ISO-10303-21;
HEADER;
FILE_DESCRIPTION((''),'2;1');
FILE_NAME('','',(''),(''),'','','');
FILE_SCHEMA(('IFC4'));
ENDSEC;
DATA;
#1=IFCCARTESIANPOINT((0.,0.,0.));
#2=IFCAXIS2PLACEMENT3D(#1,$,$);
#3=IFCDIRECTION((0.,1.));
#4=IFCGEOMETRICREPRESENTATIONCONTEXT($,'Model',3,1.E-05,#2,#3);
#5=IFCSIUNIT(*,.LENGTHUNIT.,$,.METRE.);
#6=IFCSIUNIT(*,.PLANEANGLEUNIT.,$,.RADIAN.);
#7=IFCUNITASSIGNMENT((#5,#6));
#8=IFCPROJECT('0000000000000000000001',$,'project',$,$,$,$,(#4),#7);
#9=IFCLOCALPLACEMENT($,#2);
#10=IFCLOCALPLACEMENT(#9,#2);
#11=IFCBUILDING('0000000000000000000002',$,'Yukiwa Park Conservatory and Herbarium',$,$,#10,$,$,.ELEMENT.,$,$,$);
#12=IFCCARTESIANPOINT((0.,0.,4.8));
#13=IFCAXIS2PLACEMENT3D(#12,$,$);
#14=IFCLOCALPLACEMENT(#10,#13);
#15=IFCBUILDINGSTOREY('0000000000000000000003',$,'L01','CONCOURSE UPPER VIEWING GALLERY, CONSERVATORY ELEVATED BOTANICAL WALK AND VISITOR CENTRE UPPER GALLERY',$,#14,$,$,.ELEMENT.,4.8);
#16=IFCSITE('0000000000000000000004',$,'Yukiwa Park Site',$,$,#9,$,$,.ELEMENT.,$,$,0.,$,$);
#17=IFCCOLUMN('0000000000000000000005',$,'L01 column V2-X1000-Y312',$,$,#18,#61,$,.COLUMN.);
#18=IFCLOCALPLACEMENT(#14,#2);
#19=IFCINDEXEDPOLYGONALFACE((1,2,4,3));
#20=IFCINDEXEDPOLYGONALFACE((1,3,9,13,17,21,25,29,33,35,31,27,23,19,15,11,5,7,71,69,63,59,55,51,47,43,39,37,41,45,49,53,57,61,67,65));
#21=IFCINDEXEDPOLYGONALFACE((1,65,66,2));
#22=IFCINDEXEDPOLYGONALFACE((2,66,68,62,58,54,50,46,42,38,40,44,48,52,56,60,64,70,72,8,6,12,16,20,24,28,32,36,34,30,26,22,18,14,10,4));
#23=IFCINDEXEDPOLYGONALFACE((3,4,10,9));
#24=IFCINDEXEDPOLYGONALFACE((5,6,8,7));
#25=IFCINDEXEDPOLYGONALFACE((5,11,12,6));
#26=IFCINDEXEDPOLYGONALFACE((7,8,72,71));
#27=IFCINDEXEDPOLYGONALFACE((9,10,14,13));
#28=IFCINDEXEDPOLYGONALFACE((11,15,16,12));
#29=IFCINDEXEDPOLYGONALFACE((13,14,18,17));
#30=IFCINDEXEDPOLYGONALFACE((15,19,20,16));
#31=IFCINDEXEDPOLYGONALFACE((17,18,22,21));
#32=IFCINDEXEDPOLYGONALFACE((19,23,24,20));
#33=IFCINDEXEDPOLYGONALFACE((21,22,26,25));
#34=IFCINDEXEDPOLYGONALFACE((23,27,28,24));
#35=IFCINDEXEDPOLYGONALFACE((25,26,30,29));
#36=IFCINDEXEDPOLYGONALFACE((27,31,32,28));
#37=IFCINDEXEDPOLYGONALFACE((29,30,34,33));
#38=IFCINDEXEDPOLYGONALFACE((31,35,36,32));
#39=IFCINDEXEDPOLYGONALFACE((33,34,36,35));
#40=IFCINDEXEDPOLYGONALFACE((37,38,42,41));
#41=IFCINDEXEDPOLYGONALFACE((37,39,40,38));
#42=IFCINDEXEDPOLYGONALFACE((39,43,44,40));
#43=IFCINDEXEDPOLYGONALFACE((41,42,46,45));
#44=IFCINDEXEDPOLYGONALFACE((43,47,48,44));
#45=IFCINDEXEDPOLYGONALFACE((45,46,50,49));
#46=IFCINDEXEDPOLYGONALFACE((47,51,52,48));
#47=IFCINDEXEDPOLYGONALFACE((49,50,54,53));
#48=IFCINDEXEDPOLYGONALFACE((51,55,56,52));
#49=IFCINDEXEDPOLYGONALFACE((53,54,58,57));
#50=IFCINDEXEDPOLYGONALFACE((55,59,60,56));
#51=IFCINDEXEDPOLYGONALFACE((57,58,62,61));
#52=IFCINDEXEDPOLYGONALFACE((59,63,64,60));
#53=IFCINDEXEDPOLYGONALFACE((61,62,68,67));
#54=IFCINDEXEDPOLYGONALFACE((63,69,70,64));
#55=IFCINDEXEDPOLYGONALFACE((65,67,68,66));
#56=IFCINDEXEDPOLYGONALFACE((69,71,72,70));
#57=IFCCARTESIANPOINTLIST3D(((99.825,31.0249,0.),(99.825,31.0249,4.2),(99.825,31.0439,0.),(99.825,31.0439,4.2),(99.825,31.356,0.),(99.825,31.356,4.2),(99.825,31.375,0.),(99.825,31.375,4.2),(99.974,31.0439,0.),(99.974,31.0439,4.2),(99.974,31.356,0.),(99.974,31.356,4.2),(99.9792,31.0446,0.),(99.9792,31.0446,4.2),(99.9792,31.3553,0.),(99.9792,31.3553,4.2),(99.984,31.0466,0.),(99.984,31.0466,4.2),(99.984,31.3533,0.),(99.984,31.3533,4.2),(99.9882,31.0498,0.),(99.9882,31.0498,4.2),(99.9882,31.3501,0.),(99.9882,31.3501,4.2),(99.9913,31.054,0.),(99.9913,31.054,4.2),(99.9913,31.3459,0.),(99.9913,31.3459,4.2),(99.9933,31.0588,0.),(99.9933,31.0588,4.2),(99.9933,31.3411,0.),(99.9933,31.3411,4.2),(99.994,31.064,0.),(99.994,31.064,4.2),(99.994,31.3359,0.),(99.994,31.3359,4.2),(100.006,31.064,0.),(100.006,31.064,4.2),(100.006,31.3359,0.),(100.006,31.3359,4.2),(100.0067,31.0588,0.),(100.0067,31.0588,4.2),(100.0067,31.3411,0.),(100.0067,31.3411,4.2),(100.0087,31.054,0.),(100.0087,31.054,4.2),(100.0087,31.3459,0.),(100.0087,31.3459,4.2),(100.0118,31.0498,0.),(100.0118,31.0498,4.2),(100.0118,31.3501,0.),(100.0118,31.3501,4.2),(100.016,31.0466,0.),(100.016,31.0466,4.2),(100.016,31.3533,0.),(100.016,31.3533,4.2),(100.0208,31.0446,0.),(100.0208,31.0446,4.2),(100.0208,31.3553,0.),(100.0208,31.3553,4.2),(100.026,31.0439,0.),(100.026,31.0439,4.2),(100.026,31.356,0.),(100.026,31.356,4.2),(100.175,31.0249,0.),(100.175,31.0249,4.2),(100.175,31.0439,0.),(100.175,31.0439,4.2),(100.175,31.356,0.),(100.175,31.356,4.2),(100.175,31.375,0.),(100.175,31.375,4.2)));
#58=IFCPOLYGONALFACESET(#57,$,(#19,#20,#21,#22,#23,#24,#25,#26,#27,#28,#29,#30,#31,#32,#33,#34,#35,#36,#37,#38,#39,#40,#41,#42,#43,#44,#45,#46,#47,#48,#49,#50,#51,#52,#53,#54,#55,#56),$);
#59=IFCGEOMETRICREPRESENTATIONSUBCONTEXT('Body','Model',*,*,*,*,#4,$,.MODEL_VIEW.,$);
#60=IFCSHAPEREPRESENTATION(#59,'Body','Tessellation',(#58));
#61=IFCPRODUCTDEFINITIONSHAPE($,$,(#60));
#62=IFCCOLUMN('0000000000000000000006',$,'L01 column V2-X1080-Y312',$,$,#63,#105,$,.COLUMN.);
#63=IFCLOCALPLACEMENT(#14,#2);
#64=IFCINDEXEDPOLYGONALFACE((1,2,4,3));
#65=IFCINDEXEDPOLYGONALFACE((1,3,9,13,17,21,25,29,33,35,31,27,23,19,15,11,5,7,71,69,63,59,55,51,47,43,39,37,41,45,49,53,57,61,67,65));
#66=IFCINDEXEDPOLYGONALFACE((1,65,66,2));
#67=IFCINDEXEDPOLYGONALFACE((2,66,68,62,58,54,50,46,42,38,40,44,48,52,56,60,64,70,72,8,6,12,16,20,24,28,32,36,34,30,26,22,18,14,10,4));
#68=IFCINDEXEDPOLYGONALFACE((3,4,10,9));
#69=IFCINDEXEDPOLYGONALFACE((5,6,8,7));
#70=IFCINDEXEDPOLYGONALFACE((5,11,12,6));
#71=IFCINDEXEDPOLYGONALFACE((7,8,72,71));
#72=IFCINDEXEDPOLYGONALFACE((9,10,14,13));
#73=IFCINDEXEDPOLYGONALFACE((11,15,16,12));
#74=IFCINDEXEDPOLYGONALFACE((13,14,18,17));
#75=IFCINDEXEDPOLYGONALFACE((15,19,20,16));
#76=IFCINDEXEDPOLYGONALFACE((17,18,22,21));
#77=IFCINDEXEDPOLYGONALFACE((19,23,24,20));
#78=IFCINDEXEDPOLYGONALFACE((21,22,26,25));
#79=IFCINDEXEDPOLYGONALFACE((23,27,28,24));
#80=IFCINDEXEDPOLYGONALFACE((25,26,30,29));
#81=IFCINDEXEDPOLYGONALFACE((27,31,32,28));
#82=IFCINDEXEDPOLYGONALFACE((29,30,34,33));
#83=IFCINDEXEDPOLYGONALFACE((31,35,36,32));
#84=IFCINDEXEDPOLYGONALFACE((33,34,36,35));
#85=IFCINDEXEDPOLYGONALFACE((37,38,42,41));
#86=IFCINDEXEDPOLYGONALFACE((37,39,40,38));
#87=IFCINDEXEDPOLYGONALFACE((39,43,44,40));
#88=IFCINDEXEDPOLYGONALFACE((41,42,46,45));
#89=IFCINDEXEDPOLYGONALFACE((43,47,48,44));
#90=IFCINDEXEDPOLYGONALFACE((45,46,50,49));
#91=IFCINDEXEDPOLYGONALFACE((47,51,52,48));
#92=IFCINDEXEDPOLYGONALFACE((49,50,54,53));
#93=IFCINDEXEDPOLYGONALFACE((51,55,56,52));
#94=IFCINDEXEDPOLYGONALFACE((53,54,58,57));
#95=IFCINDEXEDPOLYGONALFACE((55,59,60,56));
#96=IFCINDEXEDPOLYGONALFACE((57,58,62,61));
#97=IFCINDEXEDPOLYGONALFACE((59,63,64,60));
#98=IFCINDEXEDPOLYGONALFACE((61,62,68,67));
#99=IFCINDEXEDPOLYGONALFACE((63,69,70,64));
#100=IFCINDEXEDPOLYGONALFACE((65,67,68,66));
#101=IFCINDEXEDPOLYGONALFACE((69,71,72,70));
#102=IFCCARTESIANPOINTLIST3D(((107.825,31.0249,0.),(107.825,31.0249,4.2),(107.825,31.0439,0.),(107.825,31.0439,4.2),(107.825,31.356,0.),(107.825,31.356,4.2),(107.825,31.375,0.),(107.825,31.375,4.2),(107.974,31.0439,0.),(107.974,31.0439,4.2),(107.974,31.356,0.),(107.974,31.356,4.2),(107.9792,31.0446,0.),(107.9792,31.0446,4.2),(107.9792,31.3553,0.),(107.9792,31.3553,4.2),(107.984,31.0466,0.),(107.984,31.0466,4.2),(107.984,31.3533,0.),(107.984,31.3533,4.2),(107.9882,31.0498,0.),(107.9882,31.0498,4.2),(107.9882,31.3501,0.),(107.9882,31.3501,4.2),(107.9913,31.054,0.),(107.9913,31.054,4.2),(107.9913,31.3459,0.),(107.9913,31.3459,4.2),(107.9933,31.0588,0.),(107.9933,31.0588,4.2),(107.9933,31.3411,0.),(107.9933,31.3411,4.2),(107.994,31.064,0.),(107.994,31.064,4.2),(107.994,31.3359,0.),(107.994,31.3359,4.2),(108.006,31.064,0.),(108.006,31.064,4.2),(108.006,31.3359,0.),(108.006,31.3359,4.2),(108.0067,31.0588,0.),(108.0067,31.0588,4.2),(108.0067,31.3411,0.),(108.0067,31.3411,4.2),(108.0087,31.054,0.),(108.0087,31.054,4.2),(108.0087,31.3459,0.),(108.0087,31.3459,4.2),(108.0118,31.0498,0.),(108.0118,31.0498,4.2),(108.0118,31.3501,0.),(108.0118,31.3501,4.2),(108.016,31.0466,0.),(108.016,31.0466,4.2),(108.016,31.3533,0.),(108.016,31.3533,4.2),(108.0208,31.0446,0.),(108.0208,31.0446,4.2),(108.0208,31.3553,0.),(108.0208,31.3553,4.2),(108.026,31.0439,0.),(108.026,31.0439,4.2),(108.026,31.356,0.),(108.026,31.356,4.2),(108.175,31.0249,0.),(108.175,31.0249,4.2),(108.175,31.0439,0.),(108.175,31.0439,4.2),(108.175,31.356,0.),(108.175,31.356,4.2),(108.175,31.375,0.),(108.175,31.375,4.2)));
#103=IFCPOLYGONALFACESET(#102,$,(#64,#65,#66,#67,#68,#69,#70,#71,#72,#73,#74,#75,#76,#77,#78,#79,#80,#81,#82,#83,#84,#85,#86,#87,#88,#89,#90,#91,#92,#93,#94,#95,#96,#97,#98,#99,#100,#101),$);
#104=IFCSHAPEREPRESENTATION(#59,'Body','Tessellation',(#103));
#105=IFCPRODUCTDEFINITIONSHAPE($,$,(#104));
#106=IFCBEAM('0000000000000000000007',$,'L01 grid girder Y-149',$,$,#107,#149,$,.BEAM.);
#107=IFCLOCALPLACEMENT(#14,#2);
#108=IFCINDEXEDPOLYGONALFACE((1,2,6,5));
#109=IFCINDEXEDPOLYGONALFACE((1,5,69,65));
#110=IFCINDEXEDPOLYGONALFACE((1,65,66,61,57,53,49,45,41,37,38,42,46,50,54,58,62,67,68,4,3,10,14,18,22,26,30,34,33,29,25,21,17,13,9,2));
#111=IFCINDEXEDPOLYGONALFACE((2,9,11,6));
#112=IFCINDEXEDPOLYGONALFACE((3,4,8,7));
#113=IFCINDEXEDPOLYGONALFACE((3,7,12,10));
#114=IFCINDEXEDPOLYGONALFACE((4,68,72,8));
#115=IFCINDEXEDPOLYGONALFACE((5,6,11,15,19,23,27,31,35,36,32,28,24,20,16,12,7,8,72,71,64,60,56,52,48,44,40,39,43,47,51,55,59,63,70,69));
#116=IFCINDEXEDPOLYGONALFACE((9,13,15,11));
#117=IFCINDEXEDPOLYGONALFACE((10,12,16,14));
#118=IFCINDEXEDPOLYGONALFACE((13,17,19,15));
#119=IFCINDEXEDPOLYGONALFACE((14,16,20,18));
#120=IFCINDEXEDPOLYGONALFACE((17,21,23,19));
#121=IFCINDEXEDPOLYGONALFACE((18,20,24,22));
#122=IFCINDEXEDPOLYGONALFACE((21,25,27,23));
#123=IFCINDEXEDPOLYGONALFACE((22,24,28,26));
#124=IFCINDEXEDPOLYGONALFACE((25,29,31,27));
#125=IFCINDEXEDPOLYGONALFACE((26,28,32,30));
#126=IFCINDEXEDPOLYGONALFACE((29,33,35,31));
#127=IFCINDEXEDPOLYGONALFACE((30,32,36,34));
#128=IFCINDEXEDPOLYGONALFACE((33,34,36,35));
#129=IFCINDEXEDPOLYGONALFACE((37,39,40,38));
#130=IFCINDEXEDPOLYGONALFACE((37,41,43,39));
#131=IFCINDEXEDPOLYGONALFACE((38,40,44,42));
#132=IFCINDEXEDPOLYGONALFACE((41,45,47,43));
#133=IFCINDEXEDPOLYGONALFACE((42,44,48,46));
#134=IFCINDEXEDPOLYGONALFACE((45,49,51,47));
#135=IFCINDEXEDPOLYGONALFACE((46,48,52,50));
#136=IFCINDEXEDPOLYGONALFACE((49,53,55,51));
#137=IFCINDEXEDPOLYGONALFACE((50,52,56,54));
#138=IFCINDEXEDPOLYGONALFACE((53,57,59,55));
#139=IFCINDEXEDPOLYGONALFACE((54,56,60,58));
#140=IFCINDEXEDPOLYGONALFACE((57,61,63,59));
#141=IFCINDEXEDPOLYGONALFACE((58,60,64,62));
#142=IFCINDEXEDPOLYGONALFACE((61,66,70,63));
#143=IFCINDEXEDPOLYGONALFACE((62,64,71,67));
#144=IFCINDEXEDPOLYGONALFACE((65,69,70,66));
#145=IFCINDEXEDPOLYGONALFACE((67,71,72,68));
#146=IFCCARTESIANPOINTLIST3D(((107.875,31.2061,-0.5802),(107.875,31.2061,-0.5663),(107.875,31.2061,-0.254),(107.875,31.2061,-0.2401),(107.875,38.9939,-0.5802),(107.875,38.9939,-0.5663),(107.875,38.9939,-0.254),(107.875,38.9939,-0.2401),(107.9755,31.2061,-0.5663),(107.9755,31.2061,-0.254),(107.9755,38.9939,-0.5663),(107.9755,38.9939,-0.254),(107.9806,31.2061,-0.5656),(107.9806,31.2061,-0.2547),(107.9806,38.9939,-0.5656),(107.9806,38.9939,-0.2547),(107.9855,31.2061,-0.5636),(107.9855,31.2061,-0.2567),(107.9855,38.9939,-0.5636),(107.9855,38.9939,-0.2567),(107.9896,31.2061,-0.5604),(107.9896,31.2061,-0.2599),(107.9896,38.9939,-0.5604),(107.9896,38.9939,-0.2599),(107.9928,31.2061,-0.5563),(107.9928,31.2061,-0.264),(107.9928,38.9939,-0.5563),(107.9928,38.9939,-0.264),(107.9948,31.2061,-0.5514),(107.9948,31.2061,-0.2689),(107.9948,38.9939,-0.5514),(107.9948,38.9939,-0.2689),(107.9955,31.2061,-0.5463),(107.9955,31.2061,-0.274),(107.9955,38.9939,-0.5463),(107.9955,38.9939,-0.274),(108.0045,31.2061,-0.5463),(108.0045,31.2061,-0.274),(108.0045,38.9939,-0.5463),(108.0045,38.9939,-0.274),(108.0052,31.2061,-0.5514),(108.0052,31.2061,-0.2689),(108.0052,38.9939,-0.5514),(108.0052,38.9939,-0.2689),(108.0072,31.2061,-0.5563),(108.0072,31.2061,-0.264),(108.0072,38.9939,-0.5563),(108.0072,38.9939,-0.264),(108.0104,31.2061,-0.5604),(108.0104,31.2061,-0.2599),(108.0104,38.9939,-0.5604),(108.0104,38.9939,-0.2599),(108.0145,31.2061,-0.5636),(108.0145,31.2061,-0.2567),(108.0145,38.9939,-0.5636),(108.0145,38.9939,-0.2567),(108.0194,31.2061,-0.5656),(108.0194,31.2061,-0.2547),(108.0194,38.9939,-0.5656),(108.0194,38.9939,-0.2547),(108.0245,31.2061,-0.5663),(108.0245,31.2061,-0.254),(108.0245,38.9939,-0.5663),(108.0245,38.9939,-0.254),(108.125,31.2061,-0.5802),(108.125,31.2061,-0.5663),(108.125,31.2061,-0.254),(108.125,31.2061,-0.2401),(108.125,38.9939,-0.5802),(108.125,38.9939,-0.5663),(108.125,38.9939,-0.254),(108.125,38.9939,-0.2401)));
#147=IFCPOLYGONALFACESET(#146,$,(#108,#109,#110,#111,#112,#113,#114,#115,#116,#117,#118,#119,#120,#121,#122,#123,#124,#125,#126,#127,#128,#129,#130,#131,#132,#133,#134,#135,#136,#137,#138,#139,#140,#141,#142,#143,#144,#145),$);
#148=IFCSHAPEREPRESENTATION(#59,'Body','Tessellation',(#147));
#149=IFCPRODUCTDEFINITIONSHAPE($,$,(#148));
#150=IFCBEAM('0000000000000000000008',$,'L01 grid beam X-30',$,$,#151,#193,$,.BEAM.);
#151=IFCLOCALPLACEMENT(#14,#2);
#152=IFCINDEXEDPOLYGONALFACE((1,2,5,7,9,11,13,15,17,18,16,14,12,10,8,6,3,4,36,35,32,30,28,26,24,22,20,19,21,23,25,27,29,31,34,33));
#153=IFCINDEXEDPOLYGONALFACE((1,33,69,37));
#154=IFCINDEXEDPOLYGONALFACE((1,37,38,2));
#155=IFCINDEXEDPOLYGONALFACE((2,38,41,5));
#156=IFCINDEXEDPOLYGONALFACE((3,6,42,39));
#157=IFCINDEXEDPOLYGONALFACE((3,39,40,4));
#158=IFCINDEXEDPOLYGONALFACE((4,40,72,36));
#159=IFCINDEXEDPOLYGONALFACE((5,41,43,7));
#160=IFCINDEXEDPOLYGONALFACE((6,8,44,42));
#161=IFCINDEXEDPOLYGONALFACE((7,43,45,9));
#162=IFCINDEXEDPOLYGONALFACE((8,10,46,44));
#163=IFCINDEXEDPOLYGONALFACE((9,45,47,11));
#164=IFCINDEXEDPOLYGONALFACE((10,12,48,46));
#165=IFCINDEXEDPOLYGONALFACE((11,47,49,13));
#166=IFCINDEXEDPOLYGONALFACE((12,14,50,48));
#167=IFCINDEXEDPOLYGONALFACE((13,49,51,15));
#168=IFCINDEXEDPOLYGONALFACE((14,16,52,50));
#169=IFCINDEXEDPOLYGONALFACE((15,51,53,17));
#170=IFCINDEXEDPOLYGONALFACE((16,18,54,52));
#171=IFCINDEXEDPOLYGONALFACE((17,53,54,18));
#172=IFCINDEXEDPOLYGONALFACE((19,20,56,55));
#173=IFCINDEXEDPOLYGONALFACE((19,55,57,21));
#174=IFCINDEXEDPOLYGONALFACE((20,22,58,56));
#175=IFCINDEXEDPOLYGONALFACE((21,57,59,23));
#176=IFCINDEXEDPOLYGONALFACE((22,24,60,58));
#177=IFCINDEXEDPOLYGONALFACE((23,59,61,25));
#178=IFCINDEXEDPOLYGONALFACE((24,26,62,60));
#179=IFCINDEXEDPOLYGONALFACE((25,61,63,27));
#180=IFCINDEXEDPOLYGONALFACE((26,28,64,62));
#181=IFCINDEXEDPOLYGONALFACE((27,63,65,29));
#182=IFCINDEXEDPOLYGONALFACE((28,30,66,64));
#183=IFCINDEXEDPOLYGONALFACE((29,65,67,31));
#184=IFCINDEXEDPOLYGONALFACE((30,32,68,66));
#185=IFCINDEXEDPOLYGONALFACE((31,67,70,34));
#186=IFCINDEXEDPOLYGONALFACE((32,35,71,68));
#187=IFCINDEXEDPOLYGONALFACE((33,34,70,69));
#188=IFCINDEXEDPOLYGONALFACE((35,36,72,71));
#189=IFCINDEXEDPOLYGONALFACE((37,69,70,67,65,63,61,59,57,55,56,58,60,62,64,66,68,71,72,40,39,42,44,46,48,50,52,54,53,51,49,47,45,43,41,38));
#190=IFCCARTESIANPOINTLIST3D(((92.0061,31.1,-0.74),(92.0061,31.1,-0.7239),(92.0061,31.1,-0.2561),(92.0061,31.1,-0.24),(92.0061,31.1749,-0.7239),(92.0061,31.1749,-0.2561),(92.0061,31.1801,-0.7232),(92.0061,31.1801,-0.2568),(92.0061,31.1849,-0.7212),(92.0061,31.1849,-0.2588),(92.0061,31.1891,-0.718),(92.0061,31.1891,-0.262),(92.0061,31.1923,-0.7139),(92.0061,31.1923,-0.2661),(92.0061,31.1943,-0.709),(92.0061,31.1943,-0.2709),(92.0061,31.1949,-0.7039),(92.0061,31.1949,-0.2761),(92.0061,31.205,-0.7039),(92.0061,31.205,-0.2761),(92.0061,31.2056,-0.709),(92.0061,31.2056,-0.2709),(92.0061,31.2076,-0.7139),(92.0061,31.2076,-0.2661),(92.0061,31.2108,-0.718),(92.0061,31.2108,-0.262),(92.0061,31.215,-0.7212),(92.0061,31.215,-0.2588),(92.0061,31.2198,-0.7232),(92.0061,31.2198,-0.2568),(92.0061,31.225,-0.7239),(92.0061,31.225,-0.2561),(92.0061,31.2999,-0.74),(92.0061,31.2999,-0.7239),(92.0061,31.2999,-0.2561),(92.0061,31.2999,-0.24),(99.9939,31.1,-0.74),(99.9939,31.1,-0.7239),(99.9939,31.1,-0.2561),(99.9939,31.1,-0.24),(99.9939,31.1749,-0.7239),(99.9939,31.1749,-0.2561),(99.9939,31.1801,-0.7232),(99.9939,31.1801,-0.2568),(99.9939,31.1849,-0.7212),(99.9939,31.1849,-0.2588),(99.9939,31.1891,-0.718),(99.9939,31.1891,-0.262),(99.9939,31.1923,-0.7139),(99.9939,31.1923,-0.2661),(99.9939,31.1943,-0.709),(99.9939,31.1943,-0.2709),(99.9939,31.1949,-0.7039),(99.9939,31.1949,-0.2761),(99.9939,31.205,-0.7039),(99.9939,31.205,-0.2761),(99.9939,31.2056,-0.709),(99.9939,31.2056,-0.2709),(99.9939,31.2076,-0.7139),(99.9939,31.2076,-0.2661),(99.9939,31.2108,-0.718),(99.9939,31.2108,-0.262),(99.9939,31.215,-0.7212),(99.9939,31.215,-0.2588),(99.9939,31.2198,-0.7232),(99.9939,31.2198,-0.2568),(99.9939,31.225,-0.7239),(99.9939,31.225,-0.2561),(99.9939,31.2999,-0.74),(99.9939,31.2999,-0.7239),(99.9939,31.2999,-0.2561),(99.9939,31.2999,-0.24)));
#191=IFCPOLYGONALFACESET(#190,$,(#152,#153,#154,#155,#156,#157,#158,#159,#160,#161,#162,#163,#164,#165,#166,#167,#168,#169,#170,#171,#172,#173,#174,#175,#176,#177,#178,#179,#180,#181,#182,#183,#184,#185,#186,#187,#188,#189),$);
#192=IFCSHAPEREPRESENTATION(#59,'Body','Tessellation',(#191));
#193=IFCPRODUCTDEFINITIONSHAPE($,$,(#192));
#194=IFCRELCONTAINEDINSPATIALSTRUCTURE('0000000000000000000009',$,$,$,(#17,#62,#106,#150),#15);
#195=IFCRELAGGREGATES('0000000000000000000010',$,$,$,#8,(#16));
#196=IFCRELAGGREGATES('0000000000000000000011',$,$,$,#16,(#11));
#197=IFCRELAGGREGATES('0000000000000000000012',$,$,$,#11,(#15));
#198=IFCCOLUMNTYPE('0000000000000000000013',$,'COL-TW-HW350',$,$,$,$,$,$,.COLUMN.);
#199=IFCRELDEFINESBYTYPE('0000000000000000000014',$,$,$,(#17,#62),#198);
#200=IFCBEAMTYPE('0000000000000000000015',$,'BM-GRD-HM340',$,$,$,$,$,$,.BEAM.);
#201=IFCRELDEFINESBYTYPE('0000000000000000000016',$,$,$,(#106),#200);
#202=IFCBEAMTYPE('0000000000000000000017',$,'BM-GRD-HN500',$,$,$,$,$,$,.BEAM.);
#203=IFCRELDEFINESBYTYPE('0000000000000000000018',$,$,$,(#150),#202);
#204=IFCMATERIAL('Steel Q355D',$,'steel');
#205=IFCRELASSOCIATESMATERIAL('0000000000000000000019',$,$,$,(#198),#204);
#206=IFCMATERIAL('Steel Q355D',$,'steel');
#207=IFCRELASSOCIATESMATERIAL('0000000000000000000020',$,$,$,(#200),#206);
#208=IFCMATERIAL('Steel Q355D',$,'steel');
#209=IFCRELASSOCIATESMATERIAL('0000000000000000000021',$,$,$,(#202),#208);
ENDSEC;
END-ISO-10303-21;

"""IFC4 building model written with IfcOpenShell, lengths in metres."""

from ifc_helpers import new_model, si_unit, direction, frame, origin, origin_2d, place, context, subcontext, project, spatial, i_section, extrude, material, material_profile, profile_set, type_object, element, save


model = new_model("IFC4")

# Units and contexts
model_context = context("Model", 3, precision=1e-05, world=origin(), true_north=direction((0.0, 1.0)))
body_context = subcontext(model_context, "Body", "Model", "MODEL_VIEW")
ifc_project = project(units=[si_unit("LENGTHUNIT", "METRE"), si_unit("PLANEANGLEUNIT", "RADIAN")], contexts=[model_context])

# Site, building, storey
site_placement = place(None, origin())
site = spatial("IfcSite", under=ifc_project, at=site_placement, Name="Yukiwa Park Site", CompositionType="ELEMENT", RefElevation=0.0)
building_placement = place(site_placement, origin())
building = spatial("IfcBuilding", under=site, at=building_placement, Name="Yukiwa Park Conservatory and Herbarium", CompositionType="ELEMENT")
storey_placement = place(building_placement, frame((0.0, 0.0, 4.8)))
storey = spatial("IfcBuildingStorey", under=building, at=storey_placement, Name="L01", Description="CONCOURSE UPPER VIEWING GALLERY, CONSERVATORY ELEVATED BOTANICAL WALK AND VISITOR CENTRE UPPER GALLERY", CompositionType="ELEMENT", Elevation=4.8)

# Columns
ifc_material_1 = material(Name="Steel Q355D", Category="steel")
ifc_material_profile_1 = material_profile(ifc_material_1, i_section(OverallWidth=0.3501, OverallDepth=0.3501, WebThickness=0.012, FlangeThickness=0.019, FilletRadius=0.02, at=origin_2d()), Name="HW 350x350x12x19")
ifc_profile_set_1 = profile_set([ifc_material_profile_1], Name="Steel Q355D")
column_type = type_object("IfcColumnType", Name="COL-TW-HW350", PredefinedType="COLUMN", material=ifc_profile_set_1)
for number, where, z_axis, x_axis, name in (
    (1, (100.0, 31.2, 0.0), (0.0, 0.0, 1.0), (1.0, 0.0, 0.0), "L01 column V2-X1000-Y312"),
    (2, (108.0, 31.2, 0.0), (0.0, 0.0, 1.0), (1.0, 0.0, 0.0), "L01 column V2-X1080-Y312"),
):
    element("IfcColumn", number, at=place(storey_placement, frame(where, z_axis=z_axis, x_axis=x_axis)), inside=storey, type_object=column_type, Name=name, PredefinedType="COLUMN", context=body_context, shape_type="SweptSolid", body=[
        extrude(i_section(OverallWidth=0.3501, OverallDepth=0.3501, WebThickness=0.012, FlangeThickness=0.019, FilletRadius=0.02, at=origin_2d()), origin(), (0.0, 0.0, 1.0), 4.2),
    ])

# Beams
ifc_material_2 = material(Name="Steel Q355D", Category="steel")
ifc_material_profile_2 = material_profile(ifc_material_2, i_section(OverallWidth=0.25, OverallDepth=0.3401, WebThickness=0.009, FlangeThickness=0.0139, FilletRadius=0.02, at=origin_2d()), Name="HM 340x250x9x14")
ifc_profile_set_2 = profile_set([ifc_material_profile_2], Name="Steel Q355D")
beam_type_1 = type_object("IfcBeamType", Name="BM-GRD-HM340", PredefinedType="BEAM", material=ifc_profile_set_2)
beam_placement = place(storey_placement, frame((108.0, 31.2061, -0.4102), z_axis=(0.0, 1.0, 0.0), x_axis=(-1.0, 0.0, 0.0)))
element("IfcBeam", 3, at=beam_placement, inside=storey, type_object=beam_type_1, Name="L01 grid girder Y-149", PredefinedType="BEAM", context=body_context, shape_type="SweptSolid", body=[
    extrude(i_section(OverallWidth=0.25, OverallDepth=0.3401, WebThickness=0.009, FlangeThickness=0.0139, FilletRadius=0.02, at=origin_2d()), origin(), (0.0, 0.0, 1.0), 7.7878),
])
ifc_material_3 = material(Name="Steel Q355D", Category="steel")
ifc_material_profile_3 = material_profile(ifc_material_3, i_section(OverallWidth=0.2, OverallDepth=0.5, WebThickness=0.01, FlangeThickness=0.0161, FilletRadius=0.02, at=origin_2d()), Name="HN 500x200x10x16")
ifc_profile_set_3 = profile_set([ifc_material_profile_3], Name="Steel Q355D")
beam_type_2 = type_object("IfcBeamType", Name="BM-GRD-HN500", PredefinedType="BEAM", material=ifc_profile_set_3)
for number, where, z_axis, x_axis, name in (
    (4, (92.0061, 31.2, -0.49), (1.0, 0.0, 0.0), (0.0, 1.0, 0.0), "L01 grid beam X-30"),
):
    element("IfcBeam", number, at=place(storey_placement, frame(where, z_axis=z_axis, x_axis=x_axis)), inside=storey, type_object=beam_type_2, Name=name, PredefinedType="BEAM", context=body_context, shape_type="SweptSolid", body=[
        extrude(i_section(OverallWidth=0.2, OverallDepth=0.5, WebThickness=0.01, FlangeThickness=0.0161, FilletRadius=0.02, at=origin_2d()), origin(), (0.0, 0.0, 1.0), 7.9878),
    ])

save(model, "model.ifc")
